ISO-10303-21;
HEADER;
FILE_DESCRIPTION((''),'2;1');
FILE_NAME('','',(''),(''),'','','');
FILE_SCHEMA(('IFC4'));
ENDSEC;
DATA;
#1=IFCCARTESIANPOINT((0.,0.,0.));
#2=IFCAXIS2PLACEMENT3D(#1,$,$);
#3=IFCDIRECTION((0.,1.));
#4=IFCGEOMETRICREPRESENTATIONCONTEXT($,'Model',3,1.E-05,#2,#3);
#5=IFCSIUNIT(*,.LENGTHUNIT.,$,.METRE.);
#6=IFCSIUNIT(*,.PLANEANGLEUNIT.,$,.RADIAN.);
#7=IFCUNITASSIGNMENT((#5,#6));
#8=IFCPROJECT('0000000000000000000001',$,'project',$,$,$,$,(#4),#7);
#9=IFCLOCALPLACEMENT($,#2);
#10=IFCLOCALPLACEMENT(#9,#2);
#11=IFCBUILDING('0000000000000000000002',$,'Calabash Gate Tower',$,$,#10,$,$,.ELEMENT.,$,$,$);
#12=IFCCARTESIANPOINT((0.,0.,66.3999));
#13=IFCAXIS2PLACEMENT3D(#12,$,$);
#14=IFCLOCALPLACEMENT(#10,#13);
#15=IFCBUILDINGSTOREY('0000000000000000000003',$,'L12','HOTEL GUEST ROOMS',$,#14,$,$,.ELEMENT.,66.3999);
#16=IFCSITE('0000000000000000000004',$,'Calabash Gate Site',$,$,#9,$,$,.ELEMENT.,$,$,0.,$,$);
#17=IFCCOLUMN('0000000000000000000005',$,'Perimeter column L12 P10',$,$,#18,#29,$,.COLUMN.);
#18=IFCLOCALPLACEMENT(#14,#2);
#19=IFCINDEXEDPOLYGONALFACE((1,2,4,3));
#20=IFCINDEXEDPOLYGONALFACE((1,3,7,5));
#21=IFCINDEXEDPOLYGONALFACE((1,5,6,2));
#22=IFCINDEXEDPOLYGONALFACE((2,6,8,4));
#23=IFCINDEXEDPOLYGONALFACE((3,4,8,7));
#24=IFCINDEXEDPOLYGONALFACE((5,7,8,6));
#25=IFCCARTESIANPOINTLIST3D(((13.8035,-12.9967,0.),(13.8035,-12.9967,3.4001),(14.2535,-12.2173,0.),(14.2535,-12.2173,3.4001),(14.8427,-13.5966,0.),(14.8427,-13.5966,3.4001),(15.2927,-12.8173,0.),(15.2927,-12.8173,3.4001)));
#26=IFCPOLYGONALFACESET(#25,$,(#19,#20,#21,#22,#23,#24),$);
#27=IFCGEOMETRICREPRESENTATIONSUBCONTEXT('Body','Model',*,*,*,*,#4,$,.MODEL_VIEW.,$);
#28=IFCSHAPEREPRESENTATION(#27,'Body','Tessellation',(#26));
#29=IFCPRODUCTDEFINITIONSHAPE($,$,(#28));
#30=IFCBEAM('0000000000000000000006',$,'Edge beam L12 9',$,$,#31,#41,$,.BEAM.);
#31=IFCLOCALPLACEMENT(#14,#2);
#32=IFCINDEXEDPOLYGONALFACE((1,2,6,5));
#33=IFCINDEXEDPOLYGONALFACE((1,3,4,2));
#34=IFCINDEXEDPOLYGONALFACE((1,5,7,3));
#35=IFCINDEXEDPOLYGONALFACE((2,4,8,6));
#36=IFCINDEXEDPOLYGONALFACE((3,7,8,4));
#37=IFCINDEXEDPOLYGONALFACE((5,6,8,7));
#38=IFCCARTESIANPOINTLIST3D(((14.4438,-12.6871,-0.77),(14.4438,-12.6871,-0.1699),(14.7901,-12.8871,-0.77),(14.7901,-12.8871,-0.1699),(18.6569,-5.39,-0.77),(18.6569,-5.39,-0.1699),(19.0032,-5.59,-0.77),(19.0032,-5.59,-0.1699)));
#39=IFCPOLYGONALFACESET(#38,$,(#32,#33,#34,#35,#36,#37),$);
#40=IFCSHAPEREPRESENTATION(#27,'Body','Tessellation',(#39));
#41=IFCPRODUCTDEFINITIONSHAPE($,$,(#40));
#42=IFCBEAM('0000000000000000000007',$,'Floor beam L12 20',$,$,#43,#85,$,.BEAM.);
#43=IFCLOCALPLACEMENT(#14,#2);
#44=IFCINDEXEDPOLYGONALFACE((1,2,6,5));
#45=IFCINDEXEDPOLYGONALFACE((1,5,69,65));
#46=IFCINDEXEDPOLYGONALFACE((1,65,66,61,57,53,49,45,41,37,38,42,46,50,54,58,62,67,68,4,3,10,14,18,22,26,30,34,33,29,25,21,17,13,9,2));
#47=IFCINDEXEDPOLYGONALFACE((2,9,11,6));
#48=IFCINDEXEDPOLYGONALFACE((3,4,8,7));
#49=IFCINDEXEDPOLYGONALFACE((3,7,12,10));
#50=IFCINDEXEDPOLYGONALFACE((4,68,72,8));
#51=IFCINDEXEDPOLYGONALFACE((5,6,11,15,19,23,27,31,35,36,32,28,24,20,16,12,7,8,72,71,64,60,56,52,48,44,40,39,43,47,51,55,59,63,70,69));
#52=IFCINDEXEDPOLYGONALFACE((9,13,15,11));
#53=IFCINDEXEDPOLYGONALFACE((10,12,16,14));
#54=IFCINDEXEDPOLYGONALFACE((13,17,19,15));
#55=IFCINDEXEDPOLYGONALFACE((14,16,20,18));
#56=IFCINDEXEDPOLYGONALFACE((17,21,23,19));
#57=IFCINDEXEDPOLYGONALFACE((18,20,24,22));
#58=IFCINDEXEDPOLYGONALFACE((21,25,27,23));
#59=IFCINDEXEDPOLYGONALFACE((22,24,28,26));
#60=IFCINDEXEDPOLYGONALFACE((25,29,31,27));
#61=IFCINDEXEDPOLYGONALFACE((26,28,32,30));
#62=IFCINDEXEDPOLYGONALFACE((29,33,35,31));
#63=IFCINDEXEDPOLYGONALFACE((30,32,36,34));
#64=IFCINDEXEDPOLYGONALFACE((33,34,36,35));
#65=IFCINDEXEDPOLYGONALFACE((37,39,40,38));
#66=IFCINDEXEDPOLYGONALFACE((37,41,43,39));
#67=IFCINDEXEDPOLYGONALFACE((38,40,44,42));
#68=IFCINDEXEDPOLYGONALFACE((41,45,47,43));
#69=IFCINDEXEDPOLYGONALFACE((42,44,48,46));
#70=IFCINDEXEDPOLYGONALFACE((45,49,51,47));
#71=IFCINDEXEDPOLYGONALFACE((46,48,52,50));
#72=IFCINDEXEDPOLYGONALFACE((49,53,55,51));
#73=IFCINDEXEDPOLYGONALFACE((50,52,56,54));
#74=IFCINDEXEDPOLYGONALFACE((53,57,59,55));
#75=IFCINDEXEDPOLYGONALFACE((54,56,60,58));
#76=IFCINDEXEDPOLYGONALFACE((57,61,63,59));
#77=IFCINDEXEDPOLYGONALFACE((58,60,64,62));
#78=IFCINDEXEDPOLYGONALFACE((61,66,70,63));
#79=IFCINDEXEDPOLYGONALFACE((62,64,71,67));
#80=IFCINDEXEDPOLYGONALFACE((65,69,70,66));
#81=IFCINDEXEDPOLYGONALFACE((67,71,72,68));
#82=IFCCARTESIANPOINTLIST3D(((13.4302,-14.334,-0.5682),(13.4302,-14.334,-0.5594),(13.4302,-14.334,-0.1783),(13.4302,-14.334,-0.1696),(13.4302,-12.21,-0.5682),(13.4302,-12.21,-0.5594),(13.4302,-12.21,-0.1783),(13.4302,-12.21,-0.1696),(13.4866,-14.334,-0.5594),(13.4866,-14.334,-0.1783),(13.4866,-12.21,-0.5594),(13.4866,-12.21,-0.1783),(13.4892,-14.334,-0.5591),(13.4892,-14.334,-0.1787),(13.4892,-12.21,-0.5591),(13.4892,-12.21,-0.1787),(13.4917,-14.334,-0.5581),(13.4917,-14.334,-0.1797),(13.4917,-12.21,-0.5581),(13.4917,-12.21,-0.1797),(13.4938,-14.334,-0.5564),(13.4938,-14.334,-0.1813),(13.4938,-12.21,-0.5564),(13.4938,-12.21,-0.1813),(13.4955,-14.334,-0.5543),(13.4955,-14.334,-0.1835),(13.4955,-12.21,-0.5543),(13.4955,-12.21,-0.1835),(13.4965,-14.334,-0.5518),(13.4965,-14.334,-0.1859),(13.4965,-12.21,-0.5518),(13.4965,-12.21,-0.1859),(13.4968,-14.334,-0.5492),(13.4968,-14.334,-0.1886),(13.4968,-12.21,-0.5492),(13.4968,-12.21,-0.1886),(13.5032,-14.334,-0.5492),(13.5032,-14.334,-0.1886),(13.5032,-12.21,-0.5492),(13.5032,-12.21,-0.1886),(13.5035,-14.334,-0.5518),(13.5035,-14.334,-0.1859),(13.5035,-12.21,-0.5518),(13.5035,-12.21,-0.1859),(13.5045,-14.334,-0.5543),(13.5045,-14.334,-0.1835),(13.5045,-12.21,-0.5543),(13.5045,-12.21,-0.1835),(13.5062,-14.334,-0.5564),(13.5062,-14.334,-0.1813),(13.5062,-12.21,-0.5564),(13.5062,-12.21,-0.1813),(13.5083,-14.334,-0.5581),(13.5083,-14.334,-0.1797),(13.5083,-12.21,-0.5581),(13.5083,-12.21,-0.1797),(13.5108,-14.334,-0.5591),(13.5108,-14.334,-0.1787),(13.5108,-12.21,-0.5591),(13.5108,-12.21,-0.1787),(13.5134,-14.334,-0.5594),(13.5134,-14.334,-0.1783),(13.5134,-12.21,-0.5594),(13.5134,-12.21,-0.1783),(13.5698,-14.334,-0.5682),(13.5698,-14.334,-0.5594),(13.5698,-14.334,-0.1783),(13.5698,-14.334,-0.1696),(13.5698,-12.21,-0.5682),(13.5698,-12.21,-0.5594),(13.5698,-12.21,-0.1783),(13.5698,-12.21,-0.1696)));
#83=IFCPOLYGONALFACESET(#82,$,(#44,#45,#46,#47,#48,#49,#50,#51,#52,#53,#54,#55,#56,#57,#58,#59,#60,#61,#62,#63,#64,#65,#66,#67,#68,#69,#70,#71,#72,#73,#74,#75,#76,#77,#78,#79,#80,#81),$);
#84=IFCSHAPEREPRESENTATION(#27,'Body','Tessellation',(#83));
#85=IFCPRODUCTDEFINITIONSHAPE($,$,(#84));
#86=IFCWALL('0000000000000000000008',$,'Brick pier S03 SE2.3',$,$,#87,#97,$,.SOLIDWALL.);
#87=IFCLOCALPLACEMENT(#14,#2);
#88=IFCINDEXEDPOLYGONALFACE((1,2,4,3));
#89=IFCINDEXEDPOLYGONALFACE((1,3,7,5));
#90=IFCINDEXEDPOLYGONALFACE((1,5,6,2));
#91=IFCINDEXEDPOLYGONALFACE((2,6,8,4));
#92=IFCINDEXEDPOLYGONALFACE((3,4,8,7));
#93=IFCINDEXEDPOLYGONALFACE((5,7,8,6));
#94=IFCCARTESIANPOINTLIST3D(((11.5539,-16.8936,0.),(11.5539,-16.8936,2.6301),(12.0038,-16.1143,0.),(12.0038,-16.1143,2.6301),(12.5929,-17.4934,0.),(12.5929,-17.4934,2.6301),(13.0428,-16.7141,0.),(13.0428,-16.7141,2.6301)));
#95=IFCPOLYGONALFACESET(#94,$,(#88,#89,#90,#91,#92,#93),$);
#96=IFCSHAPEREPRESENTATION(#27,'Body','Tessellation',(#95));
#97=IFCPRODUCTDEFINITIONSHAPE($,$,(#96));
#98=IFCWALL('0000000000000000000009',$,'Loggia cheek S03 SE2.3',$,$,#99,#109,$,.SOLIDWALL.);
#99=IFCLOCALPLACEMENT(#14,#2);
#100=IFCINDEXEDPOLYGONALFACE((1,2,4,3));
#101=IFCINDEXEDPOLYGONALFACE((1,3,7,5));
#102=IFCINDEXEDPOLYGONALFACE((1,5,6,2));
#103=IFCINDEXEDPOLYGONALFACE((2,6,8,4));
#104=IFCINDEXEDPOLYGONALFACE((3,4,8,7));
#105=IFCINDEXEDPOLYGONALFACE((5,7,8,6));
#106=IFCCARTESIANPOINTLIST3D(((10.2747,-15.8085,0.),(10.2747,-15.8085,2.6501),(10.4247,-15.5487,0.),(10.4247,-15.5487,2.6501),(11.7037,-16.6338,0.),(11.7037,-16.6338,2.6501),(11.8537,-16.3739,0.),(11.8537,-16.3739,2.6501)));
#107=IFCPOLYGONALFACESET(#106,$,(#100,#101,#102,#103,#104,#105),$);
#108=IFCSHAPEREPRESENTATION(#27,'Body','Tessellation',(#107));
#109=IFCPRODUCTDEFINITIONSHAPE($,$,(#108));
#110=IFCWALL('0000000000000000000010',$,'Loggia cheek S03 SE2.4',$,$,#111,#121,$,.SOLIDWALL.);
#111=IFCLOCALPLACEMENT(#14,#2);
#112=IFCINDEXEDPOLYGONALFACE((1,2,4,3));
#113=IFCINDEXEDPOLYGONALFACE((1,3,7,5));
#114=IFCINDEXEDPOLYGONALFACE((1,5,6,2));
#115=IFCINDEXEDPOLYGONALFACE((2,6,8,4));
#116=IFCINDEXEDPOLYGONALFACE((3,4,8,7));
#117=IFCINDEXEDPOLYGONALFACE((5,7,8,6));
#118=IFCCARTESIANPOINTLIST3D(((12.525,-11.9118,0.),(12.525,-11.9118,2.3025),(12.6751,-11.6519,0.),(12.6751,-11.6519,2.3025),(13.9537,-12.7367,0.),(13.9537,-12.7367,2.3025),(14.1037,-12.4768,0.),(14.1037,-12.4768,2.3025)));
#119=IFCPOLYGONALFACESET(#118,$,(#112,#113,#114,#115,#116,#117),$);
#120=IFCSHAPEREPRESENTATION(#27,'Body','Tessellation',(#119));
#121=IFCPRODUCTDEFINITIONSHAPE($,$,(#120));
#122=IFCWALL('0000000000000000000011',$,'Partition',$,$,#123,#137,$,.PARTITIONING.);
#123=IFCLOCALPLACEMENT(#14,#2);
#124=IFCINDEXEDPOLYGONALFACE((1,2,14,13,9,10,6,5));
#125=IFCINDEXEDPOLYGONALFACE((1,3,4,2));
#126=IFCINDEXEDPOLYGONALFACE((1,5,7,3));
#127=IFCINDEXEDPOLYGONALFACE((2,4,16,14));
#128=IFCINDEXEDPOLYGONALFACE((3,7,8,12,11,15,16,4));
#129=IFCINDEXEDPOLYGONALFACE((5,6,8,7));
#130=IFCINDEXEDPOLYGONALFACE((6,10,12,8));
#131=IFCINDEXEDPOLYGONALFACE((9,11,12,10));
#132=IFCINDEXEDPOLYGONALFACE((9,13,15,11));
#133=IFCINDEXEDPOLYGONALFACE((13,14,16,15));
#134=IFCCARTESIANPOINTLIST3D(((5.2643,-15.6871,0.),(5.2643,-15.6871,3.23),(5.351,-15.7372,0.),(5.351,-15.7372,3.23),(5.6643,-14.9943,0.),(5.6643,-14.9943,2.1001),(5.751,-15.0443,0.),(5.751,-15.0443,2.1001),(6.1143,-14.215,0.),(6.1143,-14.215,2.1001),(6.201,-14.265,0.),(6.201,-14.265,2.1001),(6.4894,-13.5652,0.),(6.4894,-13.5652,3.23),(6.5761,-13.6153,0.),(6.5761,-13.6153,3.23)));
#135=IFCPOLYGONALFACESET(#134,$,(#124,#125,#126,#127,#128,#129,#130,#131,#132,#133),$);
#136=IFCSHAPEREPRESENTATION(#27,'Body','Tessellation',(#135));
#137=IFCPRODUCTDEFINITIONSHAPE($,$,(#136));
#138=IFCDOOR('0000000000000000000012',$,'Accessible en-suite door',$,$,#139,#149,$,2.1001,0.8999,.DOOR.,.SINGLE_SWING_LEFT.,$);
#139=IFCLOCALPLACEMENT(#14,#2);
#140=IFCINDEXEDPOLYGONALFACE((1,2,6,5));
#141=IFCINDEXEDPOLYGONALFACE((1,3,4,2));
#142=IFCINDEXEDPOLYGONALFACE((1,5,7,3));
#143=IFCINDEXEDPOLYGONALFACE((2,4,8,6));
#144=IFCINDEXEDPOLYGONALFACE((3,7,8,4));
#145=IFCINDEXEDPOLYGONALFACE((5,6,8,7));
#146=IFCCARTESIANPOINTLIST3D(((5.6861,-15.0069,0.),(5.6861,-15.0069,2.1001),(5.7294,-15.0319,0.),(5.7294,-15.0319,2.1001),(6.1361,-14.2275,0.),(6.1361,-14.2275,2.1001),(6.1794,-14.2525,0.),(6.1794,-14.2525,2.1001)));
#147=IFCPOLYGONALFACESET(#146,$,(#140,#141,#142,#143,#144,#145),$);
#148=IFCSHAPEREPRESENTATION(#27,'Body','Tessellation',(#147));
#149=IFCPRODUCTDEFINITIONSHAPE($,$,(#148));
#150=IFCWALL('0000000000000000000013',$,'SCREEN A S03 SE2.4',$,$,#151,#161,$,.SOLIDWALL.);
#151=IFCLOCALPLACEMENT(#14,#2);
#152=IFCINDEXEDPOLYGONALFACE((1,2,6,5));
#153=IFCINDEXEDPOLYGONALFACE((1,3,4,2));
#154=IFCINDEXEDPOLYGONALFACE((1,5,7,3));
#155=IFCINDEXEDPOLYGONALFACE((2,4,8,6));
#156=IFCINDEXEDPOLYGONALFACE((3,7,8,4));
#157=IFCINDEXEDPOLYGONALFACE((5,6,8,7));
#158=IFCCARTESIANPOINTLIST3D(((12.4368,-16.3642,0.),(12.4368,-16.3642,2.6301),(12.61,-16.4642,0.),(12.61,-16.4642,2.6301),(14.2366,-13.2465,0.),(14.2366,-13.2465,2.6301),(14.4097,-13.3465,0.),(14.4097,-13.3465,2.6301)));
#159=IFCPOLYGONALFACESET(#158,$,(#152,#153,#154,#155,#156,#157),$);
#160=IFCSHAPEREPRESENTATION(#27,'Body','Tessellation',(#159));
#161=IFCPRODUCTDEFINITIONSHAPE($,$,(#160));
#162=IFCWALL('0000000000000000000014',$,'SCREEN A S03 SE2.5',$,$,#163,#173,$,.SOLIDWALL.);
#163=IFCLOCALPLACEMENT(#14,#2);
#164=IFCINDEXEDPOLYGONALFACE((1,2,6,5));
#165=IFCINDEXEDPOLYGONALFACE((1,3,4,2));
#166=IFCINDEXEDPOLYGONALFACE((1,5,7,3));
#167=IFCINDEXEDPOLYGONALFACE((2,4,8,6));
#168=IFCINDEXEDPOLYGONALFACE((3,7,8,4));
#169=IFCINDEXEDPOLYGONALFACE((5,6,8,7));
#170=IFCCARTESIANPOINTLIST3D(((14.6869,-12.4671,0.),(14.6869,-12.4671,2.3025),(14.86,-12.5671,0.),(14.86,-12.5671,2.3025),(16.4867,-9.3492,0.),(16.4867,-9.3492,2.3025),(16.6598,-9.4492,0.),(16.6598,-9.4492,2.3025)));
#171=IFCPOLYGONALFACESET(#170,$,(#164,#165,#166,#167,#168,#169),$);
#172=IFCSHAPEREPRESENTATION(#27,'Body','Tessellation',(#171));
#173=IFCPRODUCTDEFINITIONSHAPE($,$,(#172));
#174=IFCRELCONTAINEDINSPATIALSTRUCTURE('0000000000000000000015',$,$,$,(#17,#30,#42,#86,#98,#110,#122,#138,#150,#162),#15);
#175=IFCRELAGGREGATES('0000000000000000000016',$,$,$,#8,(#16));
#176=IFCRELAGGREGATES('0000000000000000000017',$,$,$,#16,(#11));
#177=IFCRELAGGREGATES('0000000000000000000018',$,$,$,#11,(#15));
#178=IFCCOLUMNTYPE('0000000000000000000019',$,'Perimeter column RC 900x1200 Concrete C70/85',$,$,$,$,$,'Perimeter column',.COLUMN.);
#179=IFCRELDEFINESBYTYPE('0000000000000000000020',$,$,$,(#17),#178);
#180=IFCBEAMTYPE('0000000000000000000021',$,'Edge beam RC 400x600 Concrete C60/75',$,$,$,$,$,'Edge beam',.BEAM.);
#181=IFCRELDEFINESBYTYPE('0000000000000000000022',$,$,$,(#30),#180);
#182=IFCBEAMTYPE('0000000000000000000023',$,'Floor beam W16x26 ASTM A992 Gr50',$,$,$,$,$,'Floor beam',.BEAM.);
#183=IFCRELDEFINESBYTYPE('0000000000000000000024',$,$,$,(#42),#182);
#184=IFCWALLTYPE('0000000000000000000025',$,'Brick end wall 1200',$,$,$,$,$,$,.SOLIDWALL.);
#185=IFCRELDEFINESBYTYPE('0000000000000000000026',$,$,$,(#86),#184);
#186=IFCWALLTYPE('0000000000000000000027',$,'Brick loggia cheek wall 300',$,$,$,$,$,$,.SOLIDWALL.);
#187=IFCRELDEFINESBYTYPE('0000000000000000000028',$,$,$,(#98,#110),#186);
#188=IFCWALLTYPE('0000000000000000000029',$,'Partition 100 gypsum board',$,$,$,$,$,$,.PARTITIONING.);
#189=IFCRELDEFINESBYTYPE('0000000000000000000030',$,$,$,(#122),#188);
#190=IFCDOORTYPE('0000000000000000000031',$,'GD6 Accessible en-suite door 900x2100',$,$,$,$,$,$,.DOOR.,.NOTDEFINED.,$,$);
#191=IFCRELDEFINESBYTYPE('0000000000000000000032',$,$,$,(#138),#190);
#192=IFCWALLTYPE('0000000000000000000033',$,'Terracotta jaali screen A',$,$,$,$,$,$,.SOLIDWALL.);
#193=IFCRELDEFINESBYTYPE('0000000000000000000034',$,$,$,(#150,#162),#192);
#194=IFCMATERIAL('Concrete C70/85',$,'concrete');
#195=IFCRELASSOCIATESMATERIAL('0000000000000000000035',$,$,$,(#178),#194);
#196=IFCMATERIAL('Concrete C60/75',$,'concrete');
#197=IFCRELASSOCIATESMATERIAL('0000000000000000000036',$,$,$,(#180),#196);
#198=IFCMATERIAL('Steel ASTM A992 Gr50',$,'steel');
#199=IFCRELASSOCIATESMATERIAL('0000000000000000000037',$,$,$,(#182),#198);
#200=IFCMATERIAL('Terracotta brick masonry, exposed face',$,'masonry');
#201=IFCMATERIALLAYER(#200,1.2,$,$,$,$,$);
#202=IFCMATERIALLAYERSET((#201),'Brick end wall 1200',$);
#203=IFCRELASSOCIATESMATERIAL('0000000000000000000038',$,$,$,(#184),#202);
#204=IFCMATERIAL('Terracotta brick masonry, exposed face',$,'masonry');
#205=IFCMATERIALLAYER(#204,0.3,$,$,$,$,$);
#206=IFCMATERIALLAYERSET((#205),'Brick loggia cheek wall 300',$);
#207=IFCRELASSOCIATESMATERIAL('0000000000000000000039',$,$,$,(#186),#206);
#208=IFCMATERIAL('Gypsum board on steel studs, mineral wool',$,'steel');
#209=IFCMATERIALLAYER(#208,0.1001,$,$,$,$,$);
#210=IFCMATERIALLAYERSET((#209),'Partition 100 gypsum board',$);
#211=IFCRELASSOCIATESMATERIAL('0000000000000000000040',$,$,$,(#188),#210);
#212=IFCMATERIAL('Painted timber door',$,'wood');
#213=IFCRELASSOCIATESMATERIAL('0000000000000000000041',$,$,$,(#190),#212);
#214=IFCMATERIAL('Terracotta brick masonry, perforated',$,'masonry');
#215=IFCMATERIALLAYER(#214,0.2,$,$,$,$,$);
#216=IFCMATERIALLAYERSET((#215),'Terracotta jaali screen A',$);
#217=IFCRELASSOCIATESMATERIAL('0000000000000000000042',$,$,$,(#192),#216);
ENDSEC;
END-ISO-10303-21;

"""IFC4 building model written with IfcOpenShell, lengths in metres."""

from ifc_helpers import new_model, si_unit, direction, frame, frame_2d, origin, origin_2d, place, context, subcontext, project, spatial, rectangle, i_section, extrude, material, layer, layer_set, material_profile, profile_set, type_object, element, fill, save


model = new_model("IFC4")

# Units and contexts
model_context = context("Model", 3, precision=1e-05, world=origin(), true_north=direction((0.0, 1.0)))
body_context = subcontext(model_context, "Body", "Model", "MODEL_VIEW")
ifc_project = project(units=[si_unit("LENGTHUNIT", "METRE"), si_unit("PLANEANGLEUNIT", "RADIAN")], contexts=[model_context])

# Site, building, storey
site_placement = place(None, origin())
site = spatial("IfcSite", under=ifc_project, at=site_placement, Name="Calabash Gate Site", CompositionType="ELEMENT", RefElevation=0.0)
building_placement = place(site_placement, origin())
building = spatial("IfcBuilding", under=site, at=building_placement, Name="Calabash Gate Tower", CompositionType="ELEMENT")
storey_placement = place(building_placement, frame((0.0, 0.0, 66.3999)))
storey = spatial("IfcBuildingStorey", under=building, at=storey_placement, Name="L12", Description="HOTEL GUEST ROOMS", CompositionType="ELEMENT", Elevation=66.3999)

# Column
ifc_material_1 = material(Name="Concrete C70/85", Category="concrete")
ifc_material_profile_1 = material_profile(ifc_material_1, rectangle(XDim=0.8999, YDim=1.2, at=origin_2d()))
ifc_profile_set_1 = profile_set([ifc_material_profile_1], Name="Concrete C70/85")
column_type = type_object("IfcColumnType", Name="Perimeter column RC 900x1200 Concrete C70/85", ElementType="Perimeter column", PredefinedType="COLUMN", material=ifc_profile_set_1)
column_placement = place(storey_placement, frame((14.5481, -12.907, 0.0), z_axis=(0.0, 0.0, 1.0), x_axis=(0.5, 0.866025, 0.0)))
element("IfcColumn", 1, at=column_placement, inside=storey, type_object=column_type, Name="Perimeter column L12 P10", PredefinedType="COLUMN", context=body_context, shape_type="SweptSolid", body=[
    extrude(rectangle(XDim=0.8999, YDim=1.2, at=origin_2d()), origin(), (0.0, 0.0, 1.0), 3.4001),
])

# Beams
ifc_material_2 = material(Name="Concrete C60/75", Category="concrete")
ifc_material_profile_2 = material_profile(ifc_material_2, rectangle(XDim=0.3999, YDim=0.6001, at=origin_2d()))
ifc_profile_set_2 = profile_set([ifc_material_profile_2], Name="Concrete C60/75")
beam_type_1 = type_object("IfcBeamType", Name="Edge beam RC 400x600 Concrete C60/75", ElementType="Edge beam", PredefinedType="BEAM", material=ifc_profile_set_2)
beam_1_placement = place(storey_placement, frame((14.6169, -12.7871, -0.47), z_axis=(0.500013, 0.866018, 0.0), x_axis=(-0.866018, 0.500013, 0.0)))
element("IfcBeam", 2, at=beam_1_placement, inside=storey, type_object=beam_type_1, Name="Edge beam L12 9", PredefinedType="BEAM", context=body_context, shape_type="SweptSolid", body=[
    extrude(rectangle(XDim=0.3999, YDim=0.6001, at=origin_2d()), origin(), (0.0, 0.0, 1.0), 8.426),
])
ifc_material_3 = material(Name="Steel ASTM A992 Gr50", Category="steel")
ifc_material_profile_3 = material_profile(ifc_material_3, i_section(OverallWidth=0.1396, OverallDepth=0.3987, WebThickness=0.0063, FlangeThickness=0.0088, FilletRadius=0.0103, at=origin_2d()))
ifc_profile_set_3 = profile_set([ifc_material_profile_3], Name="Steel ASTM A992 Gr50")
beam_type_2 = type_object("IfcBeamType", Name="Floor beam W16x26 ASTM A992 Gr50", ElementType="Floor beam", PredefinedType="BEAM", material=ifc_profile_set_3)
beam_2_placement = place(storey_placement, frame((13.5, -14.334, -0.3689), z_axis=(0.0, 1.0, 0.0), x_axis=(-1.0, 0.0, 0.0)))
element("IfcBeam", 3, at=beam_2_placement, inside=storey, type_object=beam_type_2, Name="Floor beam L12 20", PredefinedType="BEAM", context=body_context, shape_type="SweptSolid", body=[
    extrude(i_section(OverallWidth=0.1396, OverallDepth=0.3987, WebThickness=0.0063, FlangeThickness=0.0088, FilletRadius=0.0103, at=origin_2d()), origin(), (0.0, 0.0, 1.0), 2.124),
])

# Walls
ifc_material_4 = material(Name="Terracotta brick masonry, exposed face", Category="masonry")
ifc_layer_1 = layer(ifc_material_4, 1.2)
ifc_layer_set_1 = layer_set([ifc_layer_1], Name="Brick end wall 1200")
wall_type_1 = type_object("IfcWallType", Name="Brick end wall 1200", PredefinedType="SOLIDWALL", material=ifc_layer_set_1)
wall_1_placement = place(storey_placement, frame((12.8179, -17.1038, 0.0), z_axis=(0.0, 0.0, 1.0), x_axis=(-0.866043, 0.499969, 0.0)))
element("IfcWall", 4, at=wall_1_placement, inside=storey, type_object=wall_type_1, Name="Brick pier S03 SE2.3", PredefinedType="SOLIDWALL", context=body_context, shape_type="SweptSolid", body=[
    extrude(rectangle(XDim=1.1997, YDim=0.8999, at=frame_2d((0.5999, 0.0))), origin(), (0.0, 0.0, 1.0), 2.6301),
])
ifc_material_5 = material(Name="Terracotta brick masonry, exposed face", Category="masonry")
ifc_layer_2 = layer(ifc_material_5, 0.3)
ifc_layer_set_2 = layer_set([ifc_layer_2], Name="Brick loggia cheek wall 300")
wall_type_2 = type_object("IfcWallType", Name="Brick loggia cheek wall 300", PredefinedType="SOLIDWALL", material=ifc_layer_set_2)
wall_2_placement = place(storey_placement, frame((11.7788, -16.5039, 0.0), z_axis=(0.0, 0.0, 1.0), x_axis=(-0.865976, 0.500085, 0.0)))
element("IfcWall", 5, at=wall_2_placement, inside=storey, type_object=wall_type_2, Name="Loggia cheek S03 SE2.3", PredefinedType="SOLIDWALL", context=body_context, shape_type="SweptSolid", body=[
    extrude(rectangle(XDim=1.6501, YDim=0.3, at=frame_2d((0.8252, 0.0))), origin(), (0.0, 0.0, 1.0), 2.6501),
])
wall_3_placement = place(storey_placement, frame((14.0286, -12.6067, 0.0), z_axis=(0.0, 0.0, 1.0), x_axis=(-0.866003, 0.500038, 0.0)))
element("IfcWall", 6, at=wall_3_placement, inside=storey, type_object=wall_type_2, Name="Loggia cheek S03 SE2.4", PredefinedType="SOLIDWALL", context=body_context, shape_type="SweptSolid", body=[
    extrude(rectangle(XDim=1.6497, YDim=0.3, at=frame_2d((0.8247, 0.0))), origin(), (0.0, 0.0, 1.0), 2.3025),
])

# Wall, opening, door
ifc_material_6 = material(Name="Gypsum board on steel studs, mineral wool", Category="steel")
ifc_layer_3 = layer(ifc_material_6, 0.1001)
ifc_layer_set_3 = layer_set([ifc_layer_3], Name="Partition 100 gypsum board")
wall_type_3 = type_object("IfcWallType", Name="Partition 100 gypsum board", PredefinedType="PARTITIONING", material=ifc_layer_set_3)
wall_4_placement = place(storey_placement, frame((5.3076, -15.7122, 0.0), z_axis=(0.0, 0.0, 1.0), x_axis=(0.500019, 0.866015, 0.0)))
wall_4 = element("IfcWall", 7, at=wall_4_placement, inside=storey, type_object=wall_type_3, Name="Partition", PredefinedType="PARTITIONING", context=body_context, shape_type="SweptSolid", body=[
    extrude(rectangle(XDim=2.4502, YDim=0.1001, at=frame_2d((1.2251, 0.0))), origin(), (0.0, 0.0, 1.0), 3.23),
])
opening_1_placement = place(wall_4_placement, frame((0.8, 0.0, 0.0)))
opening_1 = element("IfcOpeningElement", 8, at=opening_1_placement, cuts=wall_4, PredefinedType="OPENING", context=body_context, shape_type="SweptSolid", body=[
    extrude(rectangle(XDim=0.8999, YDim=2.1001, at=frame_2d((0.45, 1.05))), frame((0.0, 0.0601, 0.0), z_axis=(0.0, -1.0, 0.0), x_axis=(1.0, 0.0, 0.0)), (0.0, 0.0, 1.0), 0.1201),
])
ifc_material_7 = material(Name="Painted timber door", Category="wood")
door_type_1 = type_object("IfcDoorType", Name="GD6 Accessible en-suite door 900x2100", OperationType="NOTDEFINED", PredefinedType="DOOR", material=ifc_material_7)
door_1_placement = place(opening_1_placement, origin())
door_1 = element("IfcDoor", 9, at=door_1_placement, inside=storey, type_object=door_type_1, Name="Accessible en-suite door", OperationType="SINGLE_SWING_LEFT", OverallHeight=2.1001, OverallWidth=0.8999, PredefinedType="DOOR", context=body_context, shape_type="SweptSolid", body=[
    extrude(rectangle(XDim=0.8999, YDim=2.1001, at=frame_2d((0.45, 1.05))), frame((0.0, 0.0249, 0.0), z_axis=(0.0, -1.0, 0.0), x_axis=(1.0, 0.0, 0.0)), (0.0, 0.0, 1.0), 0.05),
])
fill(opening_1, door_1)

# Walls
ifc_material_8 = material(Name="Terracotta brick masonry, perforated", Category="masonry")
ifc_layer_4 = layer(ifc_material_8, 0.2)
ifc_layer_set_4 = layer_set([ifc_layer_4], Name="Terracotta jaali screen A")
wall_type_4 = type_object("IfcWallType", Name="Terracotta jaali screen A", PredefinedType="SOLIDWALL", material=ifc_layer_set_4)
wall_5_placement = place(storey_placement, frame((12.5234, -16.4141, 0.0), z_axis=(0.0, 0.0, 1.0), x_axis=(0.499961, 0.866048, 0.0)))
element("IfcWall", 10, at=wall_5_placement, inside=storey, type_object=wall_type_4, Name="SCREEN A S03 SE2.4", PredefinedType="SOLIDWALL", context=body_context, shape_type="SweptSolid", body=[
    extrude(rectangle(XDim=3.5999, YDim=0.2, at=frame_2d((1.7998, 0.0))), origin(), (0.0, 0.0, 1.0), 2.6301),
])
wall_6_placement = place(storey_placement, frame((14.7734, -12.5171, 0.0), z_axis=(0.0, 0.0, 1.0), x_axis=(0.499932, 0.866065, 0.0)))
element("IfcWall", 11, at=wall_6_placement, inside=storey, type_object=wall_type_4, Name="SCREEN A S03 SE2.5", PredefinedType="SOLIDWALL", context=body_context, shape_type="SweptSolid", body=[
    extrude(rectangle(XDim=3.6001, YDim=0.2, at=frame_2d((1.8, 0.0))), origin(), (0.0, 0.0, 1.0), 2.3025),
])

save(model, "model.ifc")
